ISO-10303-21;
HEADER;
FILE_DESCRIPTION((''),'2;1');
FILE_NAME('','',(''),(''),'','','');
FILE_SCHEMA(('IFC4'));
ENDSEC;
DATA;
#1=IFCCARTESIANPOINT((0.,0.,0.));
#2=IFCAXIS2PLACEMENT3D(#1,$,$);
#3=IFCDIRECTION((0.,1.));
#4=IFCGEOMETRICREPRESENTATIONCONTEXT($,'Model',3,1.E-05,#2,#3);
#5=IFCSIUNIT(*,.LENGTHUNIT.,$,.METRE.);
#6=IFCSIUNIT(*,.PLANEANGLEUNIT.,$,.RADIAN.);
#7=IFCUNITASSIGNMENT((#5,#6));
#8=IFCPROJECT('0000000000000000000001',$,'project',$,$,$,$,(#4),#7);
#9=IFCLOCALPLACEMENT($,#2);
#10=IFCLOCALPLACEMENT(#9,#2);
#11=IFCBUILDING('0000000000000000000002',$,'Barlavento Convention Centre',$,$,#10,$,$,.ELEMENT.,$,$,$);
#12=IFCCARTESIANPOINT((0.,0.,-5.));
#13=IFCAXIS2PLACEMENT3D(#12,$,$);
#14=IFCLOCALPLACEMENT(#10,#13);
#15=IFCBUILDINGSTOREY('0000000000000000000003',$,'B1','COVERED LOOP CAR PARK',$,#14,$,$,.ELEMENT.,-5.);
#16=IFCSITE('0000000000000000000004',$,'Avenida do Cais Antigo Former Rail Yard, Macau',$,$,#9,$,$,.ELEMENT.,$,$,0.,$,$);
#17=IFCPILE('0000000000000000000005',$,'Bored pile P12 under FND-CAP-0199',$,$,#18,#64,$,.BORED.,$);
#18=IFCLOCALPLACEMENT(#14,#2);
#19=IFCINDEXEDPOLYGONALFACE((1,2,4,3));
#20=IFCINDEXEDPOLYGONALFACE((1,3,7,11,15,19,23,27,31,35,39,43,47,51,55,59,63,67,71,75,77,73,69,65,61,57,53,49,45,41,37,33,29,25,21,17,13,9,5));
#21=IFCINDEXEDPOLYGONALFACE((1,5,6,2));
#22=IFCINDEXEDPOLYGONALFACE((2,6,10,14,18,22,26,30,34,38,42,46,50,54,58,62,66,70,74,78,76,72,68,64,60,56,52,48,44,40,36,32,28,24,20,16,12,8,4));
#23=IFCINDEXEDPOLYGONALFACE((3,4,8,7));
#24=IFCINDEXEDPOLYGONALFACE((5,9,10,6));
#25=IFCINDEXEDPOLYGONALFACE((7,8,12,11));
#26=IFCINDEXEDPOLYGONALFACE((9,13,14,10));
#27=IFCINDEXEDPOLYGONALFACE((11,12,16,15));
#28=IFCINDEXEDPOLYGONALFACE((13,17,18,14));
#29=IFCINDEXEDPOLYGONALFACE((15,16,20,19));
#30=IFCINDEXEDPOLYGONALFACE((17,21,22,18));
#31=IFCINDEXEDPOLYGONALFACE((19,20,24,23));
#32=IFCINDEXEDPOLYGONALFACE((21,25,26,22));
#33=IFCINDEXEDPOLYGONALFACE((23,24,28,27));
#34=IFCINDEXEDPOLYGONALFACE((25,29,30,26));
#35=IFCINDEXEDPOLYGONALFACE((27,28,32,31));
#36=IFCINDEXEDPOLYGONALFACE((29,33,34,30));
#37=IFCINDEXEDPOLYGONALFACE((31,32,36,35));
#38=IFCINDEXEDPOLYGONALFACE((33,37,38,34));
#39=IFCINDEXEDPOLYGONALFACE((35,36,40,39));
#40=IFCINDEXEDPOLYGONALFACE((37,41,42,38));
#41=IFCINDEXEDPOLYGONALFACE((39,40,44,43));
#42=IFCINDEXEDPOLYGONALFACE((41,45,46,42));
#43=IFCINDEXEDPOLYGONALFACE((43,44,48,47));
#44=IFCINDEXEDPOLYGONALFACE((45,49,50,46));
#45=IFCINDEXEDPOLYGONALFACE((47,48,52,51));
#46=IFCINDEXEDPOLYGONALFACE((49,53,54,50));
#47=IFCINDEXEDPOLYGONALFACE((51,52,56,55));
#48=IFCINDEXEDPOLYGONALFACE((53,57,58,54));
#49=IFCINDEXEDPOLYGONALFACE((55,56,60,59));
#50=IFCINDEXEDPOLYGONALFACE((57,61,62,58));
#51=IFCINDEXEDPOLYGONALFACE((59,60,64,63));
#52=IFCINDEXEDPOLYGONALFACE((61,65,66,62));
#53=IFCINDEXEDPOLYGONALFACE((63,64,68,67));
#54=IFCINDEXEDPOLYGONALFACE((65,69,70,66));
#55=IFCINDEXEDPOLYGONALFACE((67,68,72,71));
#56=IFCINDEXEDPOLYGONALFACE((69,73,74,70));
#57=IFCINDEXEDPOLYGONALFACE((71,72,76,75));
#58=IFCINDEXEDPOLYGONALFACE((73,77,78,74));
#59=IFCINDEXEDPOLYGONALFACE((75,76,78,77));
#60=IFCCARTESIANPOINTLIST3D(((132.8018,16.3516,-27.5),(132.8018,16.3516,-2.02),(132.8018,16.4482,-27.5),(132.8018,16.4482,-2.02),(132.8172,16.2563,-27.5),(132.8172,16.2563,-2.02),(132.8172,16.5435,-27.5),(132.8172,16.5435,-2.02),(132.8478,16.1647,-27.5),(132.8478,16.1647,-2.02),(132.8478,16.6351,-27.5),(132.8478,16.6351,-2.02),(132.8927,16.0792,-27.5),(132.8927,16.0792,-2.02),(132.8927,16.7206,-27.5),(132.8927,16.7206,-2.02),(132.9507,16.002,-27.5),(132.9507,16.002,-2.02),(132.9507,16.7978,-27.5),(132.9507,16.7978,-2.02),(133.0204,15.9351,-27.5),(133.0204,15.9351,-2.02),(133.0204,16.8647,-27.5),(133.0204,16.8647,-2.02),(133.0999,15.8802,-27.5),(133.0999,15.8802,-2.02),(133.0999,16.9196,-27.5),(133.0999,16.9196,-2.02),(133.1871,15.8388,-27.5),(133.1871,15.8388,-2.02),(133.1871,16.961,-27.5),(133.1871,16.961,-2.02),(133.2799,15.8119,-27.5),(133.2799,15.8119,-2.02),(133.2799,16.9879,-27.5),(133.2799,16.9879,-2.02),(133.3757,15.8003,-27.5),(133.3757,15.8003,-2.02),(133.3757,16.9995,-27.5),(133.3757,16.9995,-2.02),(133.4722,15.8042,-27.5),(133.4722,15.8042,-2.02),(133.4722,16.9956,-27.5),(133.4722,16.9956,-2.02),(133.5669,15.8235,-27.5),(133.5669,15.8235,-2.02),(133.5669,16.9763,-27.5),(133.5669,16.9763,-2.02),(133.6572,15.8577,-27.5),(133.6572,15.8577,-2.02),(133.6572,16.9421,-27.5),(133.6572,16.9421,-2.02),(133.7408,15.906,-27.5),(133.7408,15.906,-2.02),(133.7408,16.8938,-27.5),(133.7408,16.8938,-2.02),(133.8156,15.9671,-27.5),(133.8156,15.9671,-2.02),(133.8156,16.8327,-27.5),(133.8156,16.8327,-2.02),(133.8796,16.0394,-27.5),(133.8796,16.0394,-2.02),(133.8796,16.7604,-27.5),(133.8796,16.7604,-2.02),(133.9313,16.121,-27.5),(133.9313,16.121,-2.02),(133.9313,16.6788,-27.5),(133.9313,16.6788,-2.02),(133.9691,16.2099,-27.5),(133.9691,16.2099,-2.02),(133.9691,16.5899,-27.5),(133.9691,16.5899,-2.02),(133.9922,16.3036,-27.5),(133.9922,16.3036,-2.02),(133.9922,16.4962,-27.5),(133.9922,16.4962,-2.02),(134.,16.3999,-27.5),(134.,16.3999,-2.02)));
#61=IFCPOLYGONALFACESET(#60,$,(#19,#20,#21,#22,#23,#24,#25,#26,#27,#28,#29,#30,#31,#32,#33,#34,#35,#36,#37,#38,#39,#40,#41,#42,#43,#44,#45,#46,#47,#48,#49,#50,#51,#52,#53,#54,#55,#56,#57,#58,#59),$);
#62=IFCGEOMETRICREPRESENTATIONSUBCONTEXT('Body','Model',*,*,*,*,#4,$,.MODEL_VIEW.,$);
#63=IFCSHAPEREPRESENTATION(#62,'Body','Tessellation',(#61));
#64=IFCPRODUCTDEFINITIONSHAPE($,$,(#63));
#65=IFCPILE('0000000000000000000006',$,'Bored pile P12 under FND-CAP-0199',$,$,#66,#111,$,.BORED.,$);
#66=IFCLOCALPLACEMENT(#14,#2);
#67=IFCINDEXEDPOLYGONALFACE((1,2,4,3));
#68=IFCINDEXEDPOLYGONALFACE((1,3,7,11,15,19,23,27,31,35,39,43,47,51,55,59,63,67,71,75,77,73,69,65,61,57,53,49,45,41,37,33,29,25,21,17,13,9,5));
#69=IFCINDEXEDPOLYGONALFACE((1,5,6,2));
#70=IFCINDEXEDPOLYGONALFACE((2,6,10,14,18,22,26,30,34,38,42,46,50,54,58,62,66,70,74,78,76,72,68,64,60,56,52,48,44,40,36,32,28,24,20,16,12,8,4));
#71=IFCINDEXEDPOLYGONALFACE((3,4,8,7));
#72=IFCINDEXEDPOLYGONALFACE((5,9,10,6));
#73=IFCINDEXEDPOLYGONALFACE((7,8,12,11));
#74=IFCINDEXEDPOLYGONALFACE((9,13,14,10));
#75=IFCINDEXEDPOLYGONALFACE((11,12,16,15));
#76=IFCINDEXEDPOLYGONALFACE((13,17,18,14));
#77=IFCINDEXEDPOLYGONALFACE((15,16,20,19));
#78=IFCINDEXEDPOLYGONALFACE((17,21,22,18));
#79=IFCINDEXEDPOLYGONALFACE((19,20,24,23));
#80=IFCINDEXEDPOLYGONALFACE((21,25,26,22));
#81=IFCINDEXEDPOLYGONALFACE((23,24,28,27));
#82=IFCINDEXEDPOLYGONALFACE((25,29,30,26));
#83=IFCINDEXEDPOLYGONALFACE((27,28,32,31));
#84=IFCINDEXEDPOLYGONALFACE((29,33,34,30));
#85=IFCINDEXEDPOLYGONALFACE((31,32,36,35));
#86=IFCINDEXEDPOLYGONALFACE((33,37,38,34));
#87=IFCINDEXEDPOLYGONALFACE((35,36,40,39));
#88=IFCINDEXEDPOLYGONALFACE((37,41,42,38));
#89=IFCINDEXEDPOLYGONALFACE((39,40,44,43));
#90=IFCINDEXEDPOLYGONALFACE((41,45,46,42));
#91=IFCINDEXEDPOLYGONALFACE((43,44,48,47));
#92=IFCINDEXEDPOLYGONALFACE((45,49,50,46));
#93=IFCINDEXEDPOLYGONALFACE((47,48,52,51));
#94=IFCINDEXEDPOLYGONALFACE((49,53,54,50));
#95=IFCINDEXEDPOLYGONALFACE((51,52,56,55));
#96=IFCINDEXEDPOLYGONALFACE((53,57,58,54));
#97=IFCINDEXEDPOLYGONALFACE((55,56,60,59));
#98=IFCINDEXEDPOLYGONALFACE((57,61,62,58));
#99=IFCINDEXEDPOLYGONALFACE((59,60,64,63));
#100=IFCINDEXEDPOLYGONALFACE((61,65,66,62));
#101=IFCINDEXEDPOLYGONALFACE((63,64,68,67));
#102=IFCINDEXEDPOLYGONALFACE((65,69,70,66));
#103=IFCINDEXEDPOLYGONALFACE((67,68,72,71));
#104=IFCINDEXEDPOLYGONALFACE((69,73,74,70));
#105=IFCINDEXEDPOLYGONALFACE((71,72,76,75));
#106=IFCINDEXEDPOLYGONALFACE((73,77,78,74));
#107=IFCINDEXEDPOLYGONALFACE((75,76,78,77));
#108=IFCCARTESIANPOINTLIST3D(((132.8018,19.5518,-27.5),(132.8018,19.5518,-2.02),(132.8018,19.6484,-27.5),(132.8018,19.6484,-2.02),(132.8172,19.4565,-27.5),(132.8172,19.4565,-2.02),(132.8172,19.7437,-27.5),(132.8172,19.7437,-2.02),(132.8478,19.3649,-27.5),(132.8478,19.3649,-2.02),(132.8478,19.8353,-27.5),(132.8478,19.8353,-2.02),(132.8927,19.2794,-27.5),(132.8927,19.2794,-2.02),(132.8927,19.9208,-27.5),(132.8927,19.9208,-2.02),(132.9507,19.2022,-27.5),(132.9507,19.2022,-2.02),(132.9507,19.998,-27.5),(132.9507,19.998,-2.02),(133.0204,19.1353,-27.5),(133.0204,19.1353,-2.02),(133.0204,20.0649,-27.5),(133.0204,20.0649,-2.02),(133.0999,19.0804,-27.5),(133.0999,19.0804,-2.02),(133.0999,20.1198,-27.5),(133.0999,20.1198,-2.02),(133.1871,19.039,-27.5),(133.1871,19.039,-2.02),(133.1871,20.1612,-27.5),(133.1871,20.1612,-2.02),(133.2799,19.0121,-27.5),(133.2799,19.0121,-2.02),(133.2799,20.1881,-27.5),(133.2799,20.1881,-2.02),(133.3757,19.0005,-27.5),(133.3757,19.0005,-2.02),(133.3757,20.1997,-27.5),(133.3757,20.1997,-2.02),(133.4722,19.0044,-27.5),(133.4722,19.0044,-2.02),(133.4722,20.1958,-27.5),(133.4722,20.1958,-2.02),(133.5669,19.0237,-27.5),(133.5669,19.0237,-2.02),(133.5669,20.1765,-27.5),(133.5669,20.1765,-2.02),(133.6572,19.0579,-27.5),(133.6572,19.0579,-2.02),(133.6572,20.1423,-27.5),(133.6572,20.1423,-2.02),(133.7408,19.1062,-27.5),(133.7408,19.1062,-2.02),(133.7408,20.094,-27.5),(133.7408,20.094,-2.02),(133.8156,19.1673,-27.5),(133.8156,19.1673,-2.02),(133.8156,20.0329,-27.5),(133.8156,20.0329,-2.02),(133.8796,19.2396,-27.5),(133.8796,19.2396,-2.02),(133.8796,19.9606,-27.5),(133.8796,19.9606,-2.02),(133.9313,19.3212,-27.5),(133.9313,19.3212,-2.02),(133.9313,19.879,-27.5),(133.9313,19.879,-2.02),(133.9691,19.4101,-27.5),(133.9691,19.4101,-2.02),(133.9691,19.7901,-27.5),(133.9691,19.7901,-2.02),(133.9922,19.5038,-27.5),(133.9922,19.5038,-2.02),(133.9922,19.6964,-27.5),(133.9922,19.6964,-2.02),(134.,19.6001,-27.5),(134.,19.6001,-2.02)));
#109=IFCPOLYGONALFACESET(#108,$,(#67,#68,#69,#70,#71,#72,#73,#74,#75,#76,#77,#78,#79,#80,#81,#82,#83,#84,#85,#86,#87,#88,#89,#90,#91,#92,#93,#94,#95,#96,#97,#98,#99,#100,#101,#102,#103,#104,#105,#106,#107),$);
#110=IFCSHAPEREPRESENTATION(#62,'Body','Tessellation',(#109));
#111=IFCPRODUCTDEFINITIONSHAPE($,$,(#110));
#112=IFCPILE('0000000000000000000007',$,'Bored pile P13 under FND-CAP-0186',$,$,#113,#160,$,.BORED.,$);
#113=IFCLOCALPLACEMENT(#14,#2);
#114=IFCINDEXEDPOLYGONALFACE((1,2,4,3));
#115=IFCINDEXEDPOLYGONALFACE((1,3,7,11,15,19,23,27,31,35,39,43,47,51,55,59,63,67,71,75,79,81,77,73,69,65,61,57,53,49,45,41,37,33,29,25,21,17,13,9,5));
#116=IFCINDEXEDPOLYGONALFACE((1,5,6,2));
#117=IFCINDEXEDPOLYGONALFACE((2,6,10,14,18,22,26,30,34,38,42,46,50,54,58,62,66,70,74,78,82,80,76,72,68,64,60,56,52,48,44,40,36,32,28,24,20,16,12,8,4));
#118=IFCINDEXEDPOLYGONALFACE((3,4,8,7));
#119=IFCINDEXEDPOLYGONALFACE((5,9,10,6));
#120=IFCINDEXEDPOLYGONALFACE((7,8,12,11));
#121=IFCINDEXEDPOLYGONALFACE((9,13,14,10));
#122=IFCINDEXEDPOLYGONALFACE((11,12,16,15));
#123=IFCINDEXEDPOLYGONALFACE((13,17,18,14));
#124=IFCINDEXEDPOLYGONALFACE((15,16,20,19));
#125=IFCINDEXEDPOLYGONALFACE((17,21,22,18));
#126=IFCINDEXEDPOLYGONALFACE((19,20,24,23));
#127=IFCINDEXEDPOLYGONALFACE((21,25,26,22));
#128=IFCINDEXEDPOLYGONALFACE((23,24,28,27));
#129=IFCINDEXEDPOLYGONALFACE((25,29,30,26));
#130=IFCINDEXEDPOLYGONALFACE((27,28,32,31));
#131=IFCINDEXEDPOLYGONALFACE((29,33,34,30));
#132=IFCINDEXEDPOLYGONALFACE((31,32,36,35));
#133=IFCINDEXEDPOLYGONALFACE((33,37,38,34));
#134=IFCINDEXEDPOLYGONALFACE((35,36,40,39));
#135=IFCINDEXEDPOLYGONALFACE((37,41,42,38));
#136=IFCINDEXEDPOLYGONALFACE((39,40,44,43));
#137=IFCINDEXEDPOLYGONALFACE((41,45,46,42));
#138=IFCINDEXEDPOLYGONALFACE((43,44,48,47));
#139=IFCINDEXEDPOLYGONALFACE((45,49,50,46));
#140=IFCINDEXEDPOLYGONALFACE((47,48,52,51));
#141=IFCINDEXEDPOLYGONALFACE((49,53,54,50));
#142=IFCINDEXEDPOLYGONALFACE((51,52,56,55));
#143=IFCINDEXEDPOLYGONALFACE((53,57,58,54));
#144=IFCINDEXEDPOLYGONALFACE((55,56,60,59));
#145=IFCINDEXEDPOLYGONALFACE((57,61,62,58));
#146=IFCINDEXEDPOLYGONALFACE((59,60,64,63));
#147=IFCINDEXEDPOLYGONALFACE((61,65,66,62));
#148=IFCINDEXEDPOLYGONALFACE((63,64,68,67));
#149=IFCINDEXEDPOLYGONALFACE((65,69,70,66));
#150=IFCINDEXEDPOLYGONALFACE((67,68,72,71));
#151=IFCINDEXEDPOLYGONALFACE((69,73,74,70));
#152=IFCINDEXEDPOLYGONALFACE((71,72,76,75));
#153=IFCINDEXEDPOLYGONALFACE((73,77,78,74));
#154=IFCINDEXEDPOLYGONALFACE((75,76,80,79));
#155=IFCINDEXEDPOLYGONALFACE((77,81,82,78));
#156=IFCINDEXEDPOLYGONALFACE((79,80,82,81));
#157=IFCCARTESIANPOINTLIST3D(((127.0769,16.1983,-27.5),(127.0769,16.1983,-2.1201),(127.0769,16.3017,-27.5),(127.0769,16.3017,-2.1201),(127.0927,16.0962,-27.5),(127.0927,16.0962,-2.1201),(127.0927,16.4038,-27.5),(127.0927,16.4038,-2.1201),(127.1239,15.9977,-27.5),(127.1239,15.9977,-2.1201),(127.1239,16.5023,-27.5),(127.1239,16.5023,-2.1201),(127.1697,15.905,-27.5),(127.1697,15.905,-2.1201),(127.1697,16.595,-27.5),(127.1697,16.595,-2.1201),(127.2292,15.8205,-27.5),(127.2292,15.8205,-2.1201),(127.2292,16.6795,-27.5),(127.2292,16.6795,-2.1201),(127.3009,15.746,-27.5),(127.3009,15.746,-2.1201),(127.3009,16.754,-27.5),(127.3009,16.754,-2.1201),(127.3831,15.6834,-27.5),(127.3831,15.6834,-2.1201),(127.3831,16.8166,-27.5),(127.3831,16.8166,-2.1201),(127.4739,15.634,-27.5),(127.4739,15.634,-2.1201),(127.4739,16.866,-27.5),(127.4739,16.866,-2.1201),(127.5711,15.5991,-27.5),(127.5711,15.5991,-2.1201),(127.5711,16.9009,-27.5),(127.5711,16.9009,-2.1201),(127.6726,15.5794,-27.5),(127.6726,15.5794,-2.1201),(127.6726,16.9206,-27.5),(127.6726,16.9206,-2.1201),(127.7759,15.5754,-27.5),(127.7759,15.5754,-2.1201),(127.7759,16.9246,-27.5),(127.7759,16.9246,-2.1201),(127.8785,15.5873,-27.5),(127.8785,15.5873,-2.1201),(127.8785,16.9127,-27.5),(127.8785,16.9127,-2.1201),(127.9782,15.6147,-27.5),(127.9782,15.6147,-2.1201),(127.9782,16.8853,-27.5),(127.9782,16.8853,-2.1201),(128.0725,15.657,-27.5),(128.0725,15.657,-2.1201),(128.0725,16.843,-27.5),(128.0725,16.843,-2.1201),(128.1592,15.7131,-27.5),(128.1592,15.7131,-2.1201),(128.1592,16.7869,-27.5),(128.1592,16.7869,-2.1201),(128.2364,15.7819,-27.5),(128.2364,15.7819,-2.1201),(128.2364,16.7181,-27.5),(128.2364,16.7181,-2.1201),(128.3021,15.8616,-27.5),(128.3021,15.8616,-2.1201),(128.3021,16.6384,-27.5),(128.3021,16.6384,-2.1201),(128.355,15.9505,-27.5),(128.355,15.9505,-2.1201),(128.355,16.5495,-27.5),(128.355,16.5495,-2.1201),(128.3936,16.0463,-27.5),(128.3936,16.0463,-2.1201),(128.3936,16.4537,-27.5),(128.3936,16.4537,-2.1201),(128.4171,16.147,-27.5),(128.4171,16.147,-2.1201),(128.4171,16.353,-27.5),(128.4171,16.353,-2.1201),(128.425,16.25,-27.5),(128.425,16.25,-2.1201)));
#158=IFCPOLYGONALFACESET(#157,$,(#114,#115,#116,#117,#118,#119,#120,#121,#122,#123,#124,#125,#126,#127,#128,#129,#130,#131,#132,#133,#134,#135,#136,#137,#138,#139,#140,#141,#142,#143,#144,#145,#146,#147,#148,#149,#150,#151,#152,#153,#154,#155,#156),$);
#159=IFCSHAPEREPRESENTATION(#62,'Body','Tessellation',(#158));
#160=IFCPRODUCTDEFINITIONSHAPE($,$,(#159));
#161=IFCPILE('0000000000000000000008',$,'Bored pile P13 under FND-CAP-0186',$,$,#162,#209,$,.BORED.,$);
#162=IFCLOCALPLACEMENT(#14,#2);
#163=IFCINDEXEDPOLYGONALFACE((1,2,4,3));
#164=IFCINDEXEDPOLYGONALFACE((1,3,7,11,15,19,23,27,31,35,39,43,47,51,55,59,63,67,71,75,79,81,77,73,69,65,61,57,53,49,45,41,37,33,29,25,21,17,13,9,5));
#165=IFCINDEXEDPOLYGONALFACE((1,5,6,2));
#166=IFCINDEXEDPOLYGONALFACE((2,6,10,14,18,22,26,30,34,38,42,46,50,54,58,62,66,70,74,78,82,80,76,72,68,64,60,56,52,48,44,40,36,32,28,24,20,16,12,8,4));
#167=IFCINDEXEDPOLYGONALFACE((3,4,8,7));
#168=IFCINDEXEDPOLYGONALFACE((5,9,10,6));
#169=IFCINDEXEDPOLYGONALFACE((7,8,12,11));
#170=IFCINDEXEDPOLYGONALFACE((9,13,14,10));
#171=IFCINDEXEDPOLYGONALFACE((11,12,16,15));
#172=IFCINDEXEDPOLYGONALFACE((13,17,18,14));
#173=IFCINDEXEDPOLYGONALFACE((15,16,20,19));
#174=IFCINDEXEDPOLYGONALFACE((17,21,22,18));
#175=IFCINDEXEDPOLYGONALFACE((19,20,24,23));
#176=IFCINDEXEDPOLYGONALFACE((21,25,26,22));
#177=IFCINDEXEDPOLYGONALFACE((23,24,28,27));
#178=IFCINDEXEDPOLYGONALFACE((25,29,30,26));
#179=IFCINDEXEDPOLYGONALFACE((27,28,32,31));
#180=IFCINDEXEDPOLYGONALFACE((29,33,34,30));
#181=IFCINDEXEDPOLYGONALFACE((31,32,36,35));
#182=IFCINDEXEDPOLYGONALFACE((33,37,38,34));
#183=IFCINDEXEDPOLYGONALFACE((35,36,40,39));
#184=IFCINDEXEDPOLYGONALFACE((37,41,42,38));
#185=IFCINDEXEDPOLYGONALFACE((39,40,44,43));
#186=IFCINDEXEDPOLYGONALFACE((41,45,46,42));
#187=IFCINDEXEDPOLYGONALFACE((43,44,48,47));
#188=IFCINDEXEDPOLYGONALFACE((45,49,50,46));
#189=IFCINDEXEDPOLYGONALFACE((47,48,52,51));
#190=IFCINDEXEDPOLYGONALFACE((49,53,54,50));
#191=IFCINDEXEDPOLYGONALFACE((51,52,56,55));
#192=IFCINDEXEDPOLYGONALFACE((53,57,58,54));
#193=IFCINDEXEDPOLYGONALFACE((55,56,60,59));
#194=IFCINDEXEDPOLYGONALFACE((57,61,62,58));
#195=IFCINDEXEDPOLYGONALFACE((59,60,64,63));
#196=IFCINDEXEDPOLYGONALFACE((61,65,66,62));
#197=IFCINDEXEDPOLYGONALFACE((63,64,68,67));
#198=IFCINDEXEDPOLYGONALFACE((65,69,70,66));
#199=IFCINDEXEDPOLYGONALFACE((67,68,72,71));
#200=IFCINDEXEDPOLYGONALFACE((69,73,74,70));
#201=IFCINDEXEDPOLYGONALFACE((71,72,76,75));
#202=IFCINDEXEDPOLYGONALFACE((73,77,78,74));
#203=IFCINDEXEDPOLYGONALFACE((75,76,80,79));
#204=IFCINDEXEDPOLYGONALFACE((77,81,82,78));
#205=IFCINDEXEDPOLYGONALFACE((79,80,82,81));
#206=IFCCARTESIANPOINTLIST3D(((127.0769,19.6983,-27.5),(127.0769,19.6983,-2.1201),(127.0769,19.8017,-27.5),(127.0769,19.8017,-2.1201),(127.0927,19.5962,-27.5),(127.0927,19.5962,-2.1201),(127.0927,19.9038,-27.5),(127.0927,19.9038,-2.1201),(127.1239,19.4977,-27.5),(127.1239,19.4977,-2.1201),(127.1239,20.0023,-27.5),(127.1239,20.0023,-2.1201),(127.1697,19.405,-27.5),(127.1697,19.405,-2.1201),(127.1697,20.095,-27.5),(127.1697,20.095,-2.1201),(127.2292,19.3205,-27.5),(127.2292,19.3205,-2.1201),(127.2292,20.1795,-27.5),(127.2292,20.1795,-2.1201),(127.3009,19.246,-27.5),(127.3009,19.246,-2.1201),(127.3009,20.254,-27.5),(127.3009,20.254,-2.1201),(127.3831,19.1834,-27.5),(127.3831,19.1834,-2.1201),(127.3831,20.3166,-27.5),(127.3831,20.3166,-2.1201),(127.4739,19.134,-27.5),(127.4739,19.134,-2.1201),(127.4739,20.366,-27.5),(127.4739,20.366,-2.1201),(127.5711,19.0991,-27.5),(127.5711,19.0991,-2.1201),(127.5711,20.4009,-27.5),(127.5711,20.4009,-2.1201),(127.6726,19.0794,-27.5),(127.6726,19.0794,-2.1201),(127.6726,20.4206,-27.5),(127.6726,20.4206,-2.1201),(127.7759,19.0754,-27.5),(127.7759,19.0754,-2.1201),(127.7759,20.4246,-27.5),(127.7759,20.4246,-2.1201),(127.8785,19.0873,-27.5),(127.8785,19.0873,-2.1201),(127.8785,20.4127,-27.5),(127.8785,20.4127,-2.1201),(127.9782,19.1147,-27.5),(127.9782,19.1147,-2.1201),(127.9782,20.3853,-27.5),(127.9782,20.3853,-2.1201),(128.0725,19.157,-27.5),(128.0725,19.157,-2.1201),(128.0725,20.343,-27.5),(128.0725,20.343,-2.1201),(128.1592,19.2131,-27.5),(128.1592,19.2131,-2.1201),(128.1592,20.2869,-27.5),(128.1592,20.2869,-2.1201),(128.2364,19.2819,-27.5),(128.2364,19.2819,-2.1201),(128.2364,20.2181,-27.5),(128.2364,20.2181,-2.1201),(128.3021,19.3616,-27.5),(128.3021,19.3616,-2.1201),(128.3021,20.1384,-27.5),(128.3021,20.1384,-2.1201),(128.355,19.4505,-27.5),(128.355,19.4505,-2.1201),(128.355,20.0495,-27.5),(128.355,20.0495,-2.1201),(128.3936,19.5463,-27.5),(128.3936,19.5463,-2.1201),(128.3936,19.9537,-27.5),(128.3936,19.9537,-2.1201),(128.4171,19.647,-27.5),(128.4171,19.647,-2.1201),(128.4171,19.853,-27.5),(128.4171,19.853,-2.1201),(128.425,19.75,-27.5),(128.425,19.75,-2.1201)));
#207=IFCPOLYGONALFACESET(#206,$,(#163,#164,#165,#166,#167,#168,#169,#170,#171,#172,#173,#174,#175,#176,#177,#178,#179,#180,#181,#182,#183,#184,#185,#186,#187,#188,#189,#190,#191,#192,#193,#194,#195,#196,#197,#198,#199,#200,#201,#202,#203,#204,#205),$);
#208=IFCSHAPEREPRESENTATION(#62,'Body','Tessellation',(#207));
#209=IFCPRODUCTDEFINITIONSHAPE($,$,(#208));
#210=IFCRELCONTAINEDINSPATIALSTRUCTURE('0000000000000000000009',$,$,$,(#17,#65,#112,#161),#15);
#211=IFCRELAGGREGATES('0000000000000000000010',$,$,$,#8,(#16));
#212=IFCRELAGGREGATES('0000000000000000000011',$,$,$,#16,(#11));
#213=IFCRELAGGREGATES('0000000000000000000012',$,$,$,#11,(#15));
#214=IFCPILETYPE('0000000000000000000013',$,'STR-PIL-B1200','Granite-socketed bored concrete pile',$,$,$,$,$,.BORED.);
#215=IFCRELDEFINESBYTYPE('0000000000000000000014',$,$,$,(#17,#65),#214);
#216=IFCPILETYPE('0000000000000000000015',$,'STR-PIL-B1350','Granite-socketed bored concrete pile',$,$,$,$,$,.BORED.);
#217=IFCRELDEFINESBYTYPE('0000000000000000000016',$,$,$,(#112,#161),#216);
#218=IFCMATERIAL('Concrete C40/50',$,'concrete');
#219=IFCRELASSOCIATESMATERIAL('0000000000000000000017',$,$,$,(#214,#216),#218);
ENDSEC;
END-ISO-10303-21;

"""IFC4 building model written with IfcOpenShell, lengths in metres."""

from ifc_helpers import new_model, si_unit, direction, frame, origin, origin_2d, place, context, subcontext, project, spatial, circle, extrude, material, material_profile, profile_set, type_object, element, save


model = new_model("IFC4")

# Units and contexts
model_context = context("Model", 3, precision=1e-05, world=origin(), true_north=direction((0.0, 1.0)))
body_context = subcontext(model_context, "Body", "Model", "MODEL_VIEW")
ifc_project = project(units=[si_unit("LENGTHUNIT", "METRE"), si_unit("PLANEANGLEUNIT", "RADIAN")], contexts=[model_context])

# Site, building, storey
site_placement = place(None, origin())
site = spatial("IfcSite", under=ifc_project, at=site_placement, Name="Avenida do Cais Antigo Former Rail Yard, Macau", CompositionType="ELEMENT", RefElevation=0.0)
building_placement = place(site_placement, origin())
building = spatial("IfcBuilding", under=site, at=building_placement, Name="Barlavento Convention Centre", CompositionType="ELEMENT")
storey_placement = place(building_placement, frame((0.0, 0.0, -5.0)))
storey = spatial("IfcBuildingStorey", under=building, at=storey_placement, Name="B1", Description="COVERED LOOP CAR PARK", CompositionType="ELEMENT", Elevation=-5.0)

# Shared definitions
ifc_material_1 = material(Name="Concrete C40/50", Category="concrete")

# Piles
ifc_material_profile_1 = material_profile(ifc_material_1, circle(Radius=0.6001, at=origin_2d()), Name="BORED PILE 1200")
ifc_profile_set_1 = profile_set([ifc_material_profile_1], Name="Concrete C40/50")
pile_type_1 = type_object("IfcPileType", Name="STR-PIL-B1200", Description="Granite-socketed bored concrete pile", PredefinedType="BORED", material=ifc_profile_set_1)
for number, where, z_axis, x_axis, name in (
    (1, (133.3999, 16.3999, -2.02), (0.0, 0.0, -1.0), (1.0, 0.0, 0.0), "Bored pile P12 under FND-CAP-0199"),
    (2, (133.3999, 19.6001, -2.02), (0.0, 0.0, -1.0), (1.0, 0.0, 0.0), "Bored pile P12 under FND-CAP-0199"),
):
    element("IfcPile", number, at=place(storey_placement, frame(where, z_axis=z_axis, x_axis=x_axis)), inside=storey, type_object=pile_type_1, Name=name, PredefinedType="BORED", context=body_context, shape_type="SweptSolid", body=[
        extrude(circle(Radius=0.6001, at=origin_2d()), origin(), (0.0, 0.0, 1.0), 25.48),
    ])
ifc_material_profile_2 = material_profile(ifc_material_1, circle(Radius=0.675, at=origin_2d()), Name="BORED PILE 1350")
ifc_profile_set_2 = profile_set([ifc_material_profile_2], Name="Concrete C40/50")
pile_type_2 = type_object("IfcPileType", Name="STR-PIL-B1350", Description="Granite-socketed bored concrete pile", PredefinedType="BORED", material=ifc_profile_set_2)
for number, where, z_axis, x_axis, name in (
    (3, (127.75, 16.25, -2.1201), (0.0, 0.0, -1.0), (1.0, 0.0, 0.0), "Bored pile P13 under FND-CAP-0186"),
    (4, (127.75, 19.75, -2.1201), (0.0, 0.0, -1.0), (1.0, 0.0, 0.0), "Bored pile P13 under FND-CAP-0186"),
):
    element("IfcPile", number, at=place(storey_placement, frame(where, z_axis=z_axis, x_axis=x_axis)), inside=storey, type_object=pile_type_2, Name=name, PredefinedType="BORED", context=body_context, shape_type="SweptSolid", body=[
        extrude(circle(Radius=0.675, at=origin_2d()), origin(), (0.0, 0.0, 1.0), 25.3799),
    ])

save(model, "model.ifc")
